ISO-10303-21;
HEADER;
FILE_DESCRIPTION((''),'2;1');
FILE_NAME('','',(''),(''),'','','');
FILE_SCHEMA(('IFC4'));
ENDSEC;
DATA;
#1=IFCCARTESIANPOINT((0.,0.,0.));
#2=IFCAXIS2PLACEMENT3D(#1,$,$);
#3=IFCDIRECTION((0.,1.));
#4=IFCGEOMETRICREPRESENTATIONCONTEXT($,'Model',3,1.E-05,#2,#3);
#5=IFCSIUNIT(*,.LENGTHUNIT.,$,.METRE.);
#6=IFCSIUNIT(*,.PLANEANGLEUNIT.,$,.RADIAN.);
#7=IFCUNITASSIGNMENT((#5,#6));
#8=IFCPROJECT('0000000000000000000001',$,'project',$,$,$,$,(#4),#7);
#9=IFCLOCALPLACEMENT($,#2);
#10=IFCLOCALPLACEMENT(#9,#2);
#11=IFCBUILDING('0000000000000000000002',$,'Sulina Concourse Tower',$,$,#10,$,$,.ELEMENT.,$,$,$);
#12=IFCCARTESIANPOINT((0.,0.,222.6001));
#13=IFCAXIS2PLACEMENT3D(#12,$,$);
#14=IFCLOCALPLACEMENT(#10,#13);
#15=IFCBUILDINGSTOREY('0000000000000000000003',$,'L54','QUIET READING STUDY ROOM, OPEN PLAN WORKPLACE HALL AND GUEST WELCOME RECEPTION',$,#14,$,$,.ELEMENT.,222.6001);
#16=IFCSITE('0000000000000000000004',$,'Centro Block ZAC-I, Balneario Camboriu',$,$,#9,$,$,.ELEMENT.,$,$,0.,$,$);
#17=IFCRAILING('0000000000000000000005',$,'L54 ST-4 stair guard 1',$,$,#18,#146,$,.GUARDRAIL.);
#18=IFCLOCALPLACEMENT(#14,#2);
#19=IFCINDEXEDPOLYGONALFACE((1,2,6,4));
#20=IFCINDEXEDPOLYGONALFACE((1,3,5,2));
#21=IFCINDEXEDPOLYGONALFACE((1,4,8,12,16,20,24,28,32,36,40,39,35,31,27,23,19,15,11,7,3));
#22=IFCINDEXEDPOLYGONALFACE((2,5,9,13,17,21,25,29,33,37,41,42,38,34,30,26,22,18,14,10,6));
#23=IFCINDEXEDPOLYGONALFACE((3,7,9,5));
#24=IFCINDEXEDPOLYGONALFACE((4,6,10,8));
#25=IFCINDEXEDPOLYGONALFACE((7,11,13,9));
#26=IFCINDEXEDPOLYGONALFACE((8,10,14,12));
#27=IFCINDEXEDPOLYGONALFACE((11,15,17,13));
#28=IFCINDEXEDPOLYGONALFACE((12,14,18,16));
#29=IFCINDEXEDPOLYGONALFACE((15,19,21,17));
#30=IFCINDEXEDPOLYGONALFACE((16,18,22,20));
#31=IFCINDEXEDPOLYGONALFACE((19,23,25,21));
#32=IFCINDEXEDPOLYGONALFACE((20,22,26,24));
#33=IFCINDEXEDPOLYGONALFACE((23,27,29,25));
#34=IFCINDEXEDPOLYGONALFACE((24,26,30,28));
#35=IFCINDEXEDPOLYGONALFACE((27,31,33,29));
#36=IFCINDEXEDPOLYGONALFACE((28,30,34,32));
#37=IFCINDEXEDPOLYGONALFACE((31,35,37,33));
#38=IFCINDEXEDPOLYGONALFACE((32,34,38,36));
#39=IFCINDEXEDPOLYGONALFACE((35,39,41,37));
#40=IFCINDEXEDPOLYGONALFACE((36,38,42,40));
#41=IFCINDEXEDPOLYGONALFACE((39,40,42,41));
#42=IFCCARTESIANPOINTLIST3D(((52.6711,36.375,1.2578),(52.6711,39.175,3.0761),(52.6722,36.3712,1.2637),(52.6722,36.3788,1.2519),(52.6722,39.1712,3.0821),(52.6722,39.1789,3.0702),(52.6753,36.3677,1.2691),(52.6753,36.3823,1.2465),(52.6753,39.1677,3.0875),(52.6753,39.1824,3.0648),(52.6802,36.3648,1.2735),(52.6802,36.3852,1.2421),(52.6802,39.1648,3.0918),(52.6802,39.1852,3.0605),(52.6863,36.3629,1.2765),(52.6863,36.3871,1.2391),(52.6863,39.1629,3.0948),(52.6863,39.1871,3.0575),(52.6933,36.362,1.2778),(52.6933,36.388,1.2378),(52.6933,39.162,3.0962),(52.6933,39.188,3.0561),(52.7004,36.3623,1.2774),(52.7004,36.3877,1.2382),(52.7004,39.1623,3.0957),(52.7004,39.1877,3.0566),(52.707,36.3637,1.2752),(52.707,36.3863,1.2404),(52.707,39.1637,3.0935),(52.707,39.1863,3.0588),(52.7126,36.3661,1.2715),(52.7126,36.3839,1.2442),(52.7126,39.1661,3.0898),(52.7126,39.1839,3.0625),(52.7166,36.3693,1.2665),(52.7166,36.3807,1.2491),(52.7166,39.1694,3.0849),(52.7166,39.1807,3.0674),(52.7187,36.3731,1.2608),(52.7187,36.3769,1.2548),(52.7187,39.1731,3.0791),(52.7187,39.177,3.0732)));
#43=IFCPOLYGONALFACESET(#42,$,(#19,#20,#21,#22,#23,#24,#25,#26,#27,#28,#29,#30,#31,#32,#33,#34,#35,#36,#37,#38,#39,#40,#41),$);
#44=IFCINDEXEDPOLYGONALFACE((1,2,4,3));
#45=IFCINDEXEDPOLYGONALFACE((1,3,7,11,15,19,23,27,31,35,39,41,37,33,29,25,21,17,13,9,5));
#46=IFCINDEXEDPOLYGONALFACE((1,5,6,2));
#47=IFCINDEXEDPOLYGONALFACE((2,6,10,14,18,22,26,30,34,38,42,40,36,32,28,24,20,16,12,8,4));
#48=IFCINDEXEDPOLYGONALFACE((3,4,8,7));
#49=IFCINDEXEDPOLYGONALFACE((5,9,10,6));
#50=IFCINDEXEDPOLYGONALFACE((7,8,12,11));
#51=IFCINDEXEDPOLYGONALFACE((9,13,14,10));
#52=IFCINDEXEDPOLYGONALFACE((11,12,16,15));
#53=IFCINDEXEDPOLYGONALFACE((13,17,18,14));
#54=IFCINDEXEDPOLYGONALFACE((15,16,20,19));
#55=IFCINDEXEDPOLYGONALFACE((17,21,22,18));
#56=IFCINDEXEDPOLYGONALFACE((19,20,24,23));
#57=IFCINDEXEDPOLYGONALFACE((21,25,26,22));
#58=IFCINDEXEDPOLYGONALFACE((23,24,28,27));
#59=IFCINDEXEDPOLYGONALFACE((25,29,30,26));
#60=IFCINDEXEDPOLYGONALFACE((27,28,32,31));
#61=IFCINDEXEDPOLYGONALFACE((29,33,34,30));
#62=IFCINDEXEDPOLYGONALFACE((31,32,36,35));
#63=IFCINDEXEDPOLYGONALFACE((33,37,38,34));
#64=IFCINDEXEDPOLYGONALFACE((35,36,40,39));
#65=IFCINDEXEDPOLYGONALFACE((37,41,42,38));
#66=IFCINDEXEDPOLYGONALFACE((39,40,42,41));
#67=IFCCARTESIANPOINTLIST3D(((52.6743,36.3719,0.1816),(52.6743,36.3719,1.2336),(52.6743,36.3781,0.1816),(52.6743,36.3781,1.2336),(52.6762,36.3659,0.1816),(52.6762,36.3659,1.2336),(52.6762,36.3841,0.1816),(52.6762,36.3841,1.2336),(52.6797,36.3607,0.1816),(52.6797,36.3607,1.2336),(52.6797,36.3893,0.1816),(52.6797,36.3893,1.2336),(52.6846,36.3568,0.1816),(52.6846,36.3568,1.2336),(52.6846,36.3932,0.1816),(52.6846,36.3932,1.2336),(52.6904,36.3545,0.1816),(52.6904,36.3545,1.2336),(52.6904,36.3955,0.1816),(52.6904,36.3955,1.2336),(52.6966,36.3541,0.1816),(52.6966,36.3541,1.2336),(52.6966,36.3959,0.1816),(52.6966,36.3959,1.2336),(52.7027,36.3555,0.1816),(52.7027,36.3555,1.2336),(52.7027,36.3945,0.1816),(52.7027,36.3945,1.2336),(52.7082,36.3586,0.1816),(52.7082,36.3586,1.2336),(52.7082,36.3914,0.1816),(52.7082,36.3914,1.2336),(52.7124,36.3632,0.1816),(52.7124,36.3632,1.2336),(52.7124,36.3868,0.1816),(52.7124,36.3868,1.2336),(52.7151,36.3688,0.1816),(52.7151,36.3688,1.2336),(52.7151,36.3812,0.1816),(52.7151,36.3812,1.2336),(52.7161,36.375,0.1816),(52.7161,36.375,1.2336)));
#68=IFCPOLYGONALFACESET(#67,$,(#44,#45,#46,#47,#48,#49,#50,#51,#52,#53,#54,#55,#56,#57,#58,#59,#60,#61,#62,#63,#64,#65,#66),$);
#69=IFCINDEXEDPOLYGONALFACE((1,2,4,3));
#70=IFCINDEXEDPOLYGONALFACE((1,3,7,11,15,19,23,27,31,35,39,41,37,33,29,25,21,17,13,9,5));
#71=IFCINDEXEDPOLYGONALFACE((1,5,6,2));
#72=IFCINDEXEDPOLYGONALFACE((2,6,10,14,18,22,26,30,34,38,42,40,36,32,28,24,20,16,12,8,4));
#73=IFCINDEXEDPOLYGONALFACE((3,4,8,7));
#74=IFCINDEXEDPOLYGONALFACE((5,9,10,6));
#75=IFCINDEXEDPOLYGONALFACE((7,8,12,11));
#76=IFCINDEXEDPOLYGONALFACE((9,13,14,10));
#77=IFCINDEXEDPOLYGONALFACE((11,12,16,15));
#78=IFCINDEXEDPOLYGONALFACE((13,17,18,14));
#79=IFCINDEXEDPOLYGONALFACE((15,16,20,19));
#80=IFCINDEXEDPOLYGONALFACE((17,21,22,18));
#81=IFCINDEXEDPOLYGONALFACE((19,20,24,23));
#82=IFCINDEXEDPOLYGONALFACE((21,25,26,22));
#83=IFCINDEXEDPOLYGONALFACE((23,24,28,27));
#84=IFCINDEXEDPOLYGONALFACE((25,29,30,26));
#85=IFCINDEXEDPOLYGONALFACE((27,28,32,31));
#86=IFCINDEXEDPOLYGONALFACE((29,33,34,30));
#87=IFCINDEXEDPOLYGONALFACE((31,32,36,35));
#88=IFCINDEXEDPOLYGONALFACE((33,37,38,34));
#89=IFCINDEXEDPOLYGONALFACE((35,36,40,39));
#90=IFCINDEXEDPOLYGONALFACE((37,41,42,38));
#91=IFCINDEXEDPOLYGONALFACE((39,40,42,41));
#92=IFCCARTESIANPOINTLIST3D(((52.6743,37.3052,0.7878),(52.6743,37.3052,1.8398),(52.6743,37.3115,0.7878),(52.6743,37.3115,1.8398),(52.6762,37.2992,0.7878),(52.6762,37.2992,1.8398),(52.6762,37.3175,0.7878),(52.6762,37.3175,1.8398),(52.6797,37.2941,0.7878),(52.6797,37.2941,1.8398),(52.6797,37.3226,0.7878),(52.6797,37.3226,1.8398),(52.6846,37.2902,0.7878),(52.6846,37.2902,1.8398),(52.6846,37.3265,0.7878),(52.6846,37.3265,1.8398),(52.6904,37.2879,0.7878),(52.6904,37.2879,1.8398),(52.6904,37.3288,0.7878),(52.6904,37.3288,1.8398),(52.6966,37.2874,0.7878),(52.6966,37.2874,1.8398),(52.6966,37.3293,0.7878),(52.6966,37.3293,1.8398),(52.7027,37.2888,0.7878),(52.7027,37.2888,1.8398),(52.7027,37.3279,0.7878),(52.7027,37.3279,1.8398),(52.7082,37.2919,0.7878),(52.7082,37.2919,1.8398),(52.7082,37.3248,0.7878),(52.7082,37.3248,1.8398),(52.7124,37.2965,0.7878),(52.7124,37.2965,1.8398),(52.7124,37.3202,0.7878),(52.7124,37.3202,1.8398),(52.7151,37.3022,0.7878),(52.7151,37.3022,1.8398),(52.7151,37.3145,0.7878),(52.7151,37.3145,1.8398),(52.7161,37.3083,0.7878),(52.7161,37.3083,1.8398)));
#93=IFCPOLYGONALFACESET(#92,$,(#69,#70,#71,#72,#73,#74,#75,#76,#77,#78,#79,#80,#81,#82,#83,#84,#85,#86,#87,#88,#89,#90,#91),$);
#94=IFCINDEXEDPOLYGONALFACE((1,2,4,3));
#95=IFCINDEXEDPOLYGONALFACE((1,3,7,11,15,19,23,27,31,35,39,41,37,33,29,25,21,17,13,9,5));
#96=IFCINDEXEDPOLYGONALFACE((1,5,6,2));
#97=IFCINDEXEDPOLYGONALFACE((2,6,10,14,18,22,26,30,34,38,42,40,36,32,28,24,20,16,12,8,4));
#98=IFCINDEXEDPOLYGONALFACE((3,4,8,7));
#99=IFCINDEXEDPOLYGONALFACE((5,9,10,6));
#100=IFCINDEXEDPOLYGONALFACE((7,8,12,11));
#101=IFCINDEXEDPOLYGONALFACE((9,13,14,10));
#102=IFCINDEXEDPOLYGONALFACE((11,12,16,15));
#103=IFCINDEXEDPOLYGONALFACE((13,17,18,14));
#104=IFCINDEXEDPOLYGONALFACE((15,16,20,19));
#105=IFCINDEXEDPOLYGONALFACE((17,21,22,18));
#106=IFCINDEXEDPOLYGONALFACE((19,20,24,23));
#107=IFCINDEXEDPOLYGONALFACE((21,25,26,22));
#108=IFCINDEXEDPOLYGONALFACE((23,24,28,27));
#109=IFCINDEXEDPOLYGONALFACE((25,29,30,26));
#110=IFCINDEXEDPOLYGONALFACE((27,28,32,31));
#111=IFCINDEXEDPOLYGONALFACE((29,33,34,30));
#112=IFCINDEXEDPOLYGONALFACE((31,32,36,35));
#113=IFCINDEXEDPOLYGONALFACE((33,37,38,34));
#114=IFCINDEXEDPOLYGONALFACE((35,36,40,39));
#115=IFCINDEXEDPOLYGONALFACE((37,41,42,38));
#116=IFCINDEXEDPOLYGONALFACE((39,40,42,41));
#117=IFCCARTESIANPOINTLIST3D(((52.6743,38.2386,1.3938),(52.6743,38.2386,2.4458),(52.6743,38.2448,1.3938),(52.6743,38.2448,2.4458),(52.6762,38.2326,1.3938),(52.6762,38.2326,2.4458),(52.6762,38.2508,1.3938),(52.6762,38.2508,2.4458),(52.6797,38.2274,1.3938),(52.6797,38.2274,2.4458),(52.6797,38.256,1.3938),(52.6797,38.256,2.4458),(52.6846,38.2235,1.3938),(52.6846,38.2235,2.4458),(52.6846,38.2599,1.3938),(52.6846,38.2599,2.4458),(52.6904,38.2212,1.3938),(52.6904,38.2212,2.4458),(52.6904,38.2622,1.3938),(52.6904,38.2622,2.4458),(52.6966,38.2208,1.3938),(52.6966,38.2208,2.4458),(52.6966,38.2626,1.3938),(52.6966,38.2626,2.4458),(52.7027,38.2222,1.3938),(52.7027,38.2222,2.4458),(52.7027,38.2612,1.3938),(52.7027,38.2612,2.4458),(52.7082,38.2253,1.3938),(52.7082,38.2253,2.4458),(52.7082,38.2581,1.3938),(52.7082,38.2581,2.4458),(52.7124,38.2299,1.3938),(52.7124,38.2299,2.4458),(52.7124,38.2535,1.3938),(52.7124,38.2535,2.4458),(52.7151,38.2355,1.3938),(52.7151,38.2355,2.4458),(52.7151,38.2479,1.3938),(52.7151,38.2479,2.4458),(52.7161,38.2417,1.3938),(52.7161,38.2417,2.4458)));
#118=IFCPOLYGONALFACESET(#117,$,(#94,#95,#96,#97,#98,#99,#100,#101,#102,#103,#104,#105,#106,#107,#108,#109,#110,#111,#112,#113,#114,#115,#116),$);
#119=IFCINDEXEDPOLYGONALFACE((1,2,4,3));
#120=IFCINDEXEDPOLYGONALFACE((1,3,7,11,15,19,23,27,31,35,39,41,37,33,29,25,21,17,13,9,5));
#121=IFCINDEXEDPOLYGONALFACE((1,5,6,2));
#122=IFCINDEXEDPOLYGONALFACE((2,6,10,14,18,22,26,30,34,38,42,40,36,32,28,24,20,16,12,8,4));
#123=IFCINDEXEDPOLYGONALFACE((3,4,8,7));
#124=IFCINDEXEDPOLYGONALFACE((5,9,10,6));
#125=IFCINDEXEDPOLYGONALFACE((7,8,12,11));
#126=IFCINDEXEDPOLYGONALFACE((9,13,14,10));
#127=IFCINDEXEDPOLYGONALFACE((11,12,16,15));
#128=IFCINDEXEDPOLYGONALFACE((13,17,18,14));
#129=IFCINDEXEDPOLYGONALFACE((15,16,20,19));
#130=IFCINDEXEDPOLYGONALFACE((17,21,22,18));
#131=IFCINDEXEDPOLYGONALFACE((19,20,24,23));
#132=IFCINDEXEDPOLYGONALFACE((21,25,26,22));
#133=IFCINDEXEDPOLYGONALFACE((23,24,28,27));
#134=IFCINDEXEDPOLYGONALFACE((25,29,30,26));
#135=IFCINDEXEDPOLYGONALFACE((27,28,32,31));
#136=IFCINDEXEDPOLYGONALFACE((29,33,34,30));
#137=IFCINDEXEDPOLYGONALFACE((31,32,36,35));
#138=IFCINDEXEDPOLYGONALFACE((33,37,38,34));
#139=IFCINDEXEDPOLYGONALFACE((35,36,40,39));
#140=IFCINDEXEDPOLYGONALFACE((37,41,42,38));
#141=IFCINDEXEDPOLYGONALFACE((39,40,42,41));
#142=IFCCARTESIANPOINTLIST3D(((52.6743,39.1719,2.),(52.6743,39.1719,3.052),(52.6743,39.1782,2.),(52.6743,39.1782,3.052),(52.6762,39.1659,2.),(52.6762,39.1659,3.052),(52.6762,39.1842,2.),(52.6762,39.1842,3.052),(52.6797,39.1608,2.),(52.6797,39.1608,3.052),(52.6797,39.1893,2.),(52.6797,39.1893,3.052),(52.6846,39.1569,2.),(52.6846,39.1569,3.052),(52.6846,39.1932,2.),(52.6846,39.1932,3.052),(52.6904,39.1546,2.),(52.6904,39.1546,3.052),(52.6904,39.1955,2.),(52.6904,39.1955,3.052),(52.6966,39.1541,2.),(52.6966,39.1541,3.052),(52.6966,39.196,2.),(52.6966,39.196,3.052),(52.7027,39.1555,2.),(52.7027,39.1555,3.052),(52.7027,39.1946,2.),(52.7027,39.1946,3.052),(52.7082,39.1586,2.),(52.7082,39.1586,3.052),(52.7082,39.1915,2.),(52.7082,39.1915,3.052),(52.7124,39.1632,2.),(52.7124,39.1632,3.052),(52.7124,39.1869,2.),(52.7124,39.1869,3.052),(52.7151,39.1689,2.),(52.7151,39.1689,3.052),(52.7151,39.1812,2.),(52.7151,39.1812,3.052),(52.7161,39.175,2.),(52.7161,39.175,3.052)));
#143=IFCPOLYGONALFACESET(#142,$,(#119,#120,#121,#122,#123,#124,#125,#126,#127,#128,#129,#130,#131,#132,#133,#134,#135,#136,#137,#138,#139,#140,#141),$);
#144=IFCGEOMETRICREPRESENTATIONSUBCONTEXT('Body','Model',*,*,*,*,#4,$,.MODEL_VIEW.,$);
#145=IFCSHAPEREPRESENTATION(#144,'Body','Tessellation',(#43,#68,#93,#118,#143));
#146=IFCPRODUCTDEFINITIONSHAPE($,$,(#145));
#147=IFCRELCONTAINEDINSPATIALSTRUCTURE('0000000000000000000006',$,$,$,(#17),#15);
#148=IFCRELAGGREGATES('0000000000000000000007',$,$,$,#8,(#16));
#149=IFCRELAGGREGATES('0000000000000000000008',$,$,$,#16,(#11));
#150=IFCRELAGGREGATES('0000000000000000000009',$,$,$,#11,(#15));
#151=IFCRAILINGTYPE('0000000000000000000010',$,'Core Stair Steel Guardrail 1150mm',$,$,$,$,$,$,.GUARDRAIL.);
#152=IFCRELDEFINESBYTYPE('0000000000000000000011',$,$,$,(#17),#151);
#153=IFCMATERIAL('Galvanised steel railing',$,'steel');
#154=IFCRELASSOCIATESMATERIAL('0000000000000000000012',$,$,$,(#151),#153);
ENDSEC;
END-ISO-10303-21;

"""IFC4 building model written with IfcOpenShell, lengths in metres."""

from ifc_helpers import new_model, si_unit, direction, frame, origin, origin_2d, place, context, subcontext, project, spatial, circle, extrude, material, type_object, element, save


model = new_model("IFC4")

# Units and contexts
model_context = context("Model", 3, precision=1e-05, world=origin(), true_north=direction((0.0, 1.0)))
body_context = subcontext(model_context, "Body", "Model", "MODEL_VIEW")
ifc_project = project(units=[si_unit("LENGTHUNIT", "METRE"), si_unit("PLANEANGLEUNIT", "RADIAN")], contexts=[model_context])

# Site, building, storey
site_placement = place(None, origin())
site = spatial("IfcSite", under=ifc_project, at=site_placement, Name="Centro Block ZAC-I, Balneario Camboriu", CompositionType="ELEMENT", RefElevation=0.0)
building_placement = place(site_placement, origin())
building = spatial("IfcBuilding", under=site, at=building_placement, Name="Sulina Concourse Tower", CompositionType="ELEMENT")
storey_placement = place(building_placement, frame((0.0, 0.0, 222.6001)))
storey = spatial("IfcBuildingStorey", under=building, at=storey_placement, Name="L54", Description="QUIET READING STUDY ROOM, OPEN PLAN WORKPLACE HALL AND GUEST WELCOME RECEPTION", CompositionType="ELEMENT", Elevation=222.6001)

# Railing
ifc_material_1 = material(Name="Galvanised steel railing", Category="steel")
railing_type_1 = type_object("IfcRailingType", Name="Core Stair Steel Guardrail 1150mm", PredefinedType="GUARDRAIL", material=ifc_material_1)
railing_1_placement = place(storey_placement, frame((52.6951, 36.375, 0.1816)))
element("IfcRailing", 1, at=railing_1_placement, inside=storey, type_object=railing_type_1, Name="L54 ST-4 stair guard 1", PredefinedType="GUARDRAIL", context=body_context, shape_type="SweptSolid", body=[
    extrude(circle(Radius=0.0239, at=origin_2d()), frame((0.0, 0.0, 1.0762), z_axis=(0.0, 0.838672, 0.544636), x_axis=(-1.0, 0.0, 0.0)), (0.0, 0.0, 1.0), 3.3386),
    extrude(circle(Radius=0.021, at=origin_2d()), origin(), (0.0, 0.0, 1.0), 1.052),
    extrude(circle(Radius=0.021, at=origin_2d()), frame((0.0, 0.9333, 0.6062)), (0.0, 0.0, 1.0), 1.052),
    extrude(circle(Radius=0.021, at=origin_2d()), frame((0.0, 1.8667, 1.2122)), (0.0, 0.0, 1.0), 1.052),
    extrude(circle(Radius=0.021, at=origin_2d()), frame((0.0, 2.8, 1.8184)), (0.0, 0.0, 1.0), 1.052),
])

save(model, "model.ifc")
